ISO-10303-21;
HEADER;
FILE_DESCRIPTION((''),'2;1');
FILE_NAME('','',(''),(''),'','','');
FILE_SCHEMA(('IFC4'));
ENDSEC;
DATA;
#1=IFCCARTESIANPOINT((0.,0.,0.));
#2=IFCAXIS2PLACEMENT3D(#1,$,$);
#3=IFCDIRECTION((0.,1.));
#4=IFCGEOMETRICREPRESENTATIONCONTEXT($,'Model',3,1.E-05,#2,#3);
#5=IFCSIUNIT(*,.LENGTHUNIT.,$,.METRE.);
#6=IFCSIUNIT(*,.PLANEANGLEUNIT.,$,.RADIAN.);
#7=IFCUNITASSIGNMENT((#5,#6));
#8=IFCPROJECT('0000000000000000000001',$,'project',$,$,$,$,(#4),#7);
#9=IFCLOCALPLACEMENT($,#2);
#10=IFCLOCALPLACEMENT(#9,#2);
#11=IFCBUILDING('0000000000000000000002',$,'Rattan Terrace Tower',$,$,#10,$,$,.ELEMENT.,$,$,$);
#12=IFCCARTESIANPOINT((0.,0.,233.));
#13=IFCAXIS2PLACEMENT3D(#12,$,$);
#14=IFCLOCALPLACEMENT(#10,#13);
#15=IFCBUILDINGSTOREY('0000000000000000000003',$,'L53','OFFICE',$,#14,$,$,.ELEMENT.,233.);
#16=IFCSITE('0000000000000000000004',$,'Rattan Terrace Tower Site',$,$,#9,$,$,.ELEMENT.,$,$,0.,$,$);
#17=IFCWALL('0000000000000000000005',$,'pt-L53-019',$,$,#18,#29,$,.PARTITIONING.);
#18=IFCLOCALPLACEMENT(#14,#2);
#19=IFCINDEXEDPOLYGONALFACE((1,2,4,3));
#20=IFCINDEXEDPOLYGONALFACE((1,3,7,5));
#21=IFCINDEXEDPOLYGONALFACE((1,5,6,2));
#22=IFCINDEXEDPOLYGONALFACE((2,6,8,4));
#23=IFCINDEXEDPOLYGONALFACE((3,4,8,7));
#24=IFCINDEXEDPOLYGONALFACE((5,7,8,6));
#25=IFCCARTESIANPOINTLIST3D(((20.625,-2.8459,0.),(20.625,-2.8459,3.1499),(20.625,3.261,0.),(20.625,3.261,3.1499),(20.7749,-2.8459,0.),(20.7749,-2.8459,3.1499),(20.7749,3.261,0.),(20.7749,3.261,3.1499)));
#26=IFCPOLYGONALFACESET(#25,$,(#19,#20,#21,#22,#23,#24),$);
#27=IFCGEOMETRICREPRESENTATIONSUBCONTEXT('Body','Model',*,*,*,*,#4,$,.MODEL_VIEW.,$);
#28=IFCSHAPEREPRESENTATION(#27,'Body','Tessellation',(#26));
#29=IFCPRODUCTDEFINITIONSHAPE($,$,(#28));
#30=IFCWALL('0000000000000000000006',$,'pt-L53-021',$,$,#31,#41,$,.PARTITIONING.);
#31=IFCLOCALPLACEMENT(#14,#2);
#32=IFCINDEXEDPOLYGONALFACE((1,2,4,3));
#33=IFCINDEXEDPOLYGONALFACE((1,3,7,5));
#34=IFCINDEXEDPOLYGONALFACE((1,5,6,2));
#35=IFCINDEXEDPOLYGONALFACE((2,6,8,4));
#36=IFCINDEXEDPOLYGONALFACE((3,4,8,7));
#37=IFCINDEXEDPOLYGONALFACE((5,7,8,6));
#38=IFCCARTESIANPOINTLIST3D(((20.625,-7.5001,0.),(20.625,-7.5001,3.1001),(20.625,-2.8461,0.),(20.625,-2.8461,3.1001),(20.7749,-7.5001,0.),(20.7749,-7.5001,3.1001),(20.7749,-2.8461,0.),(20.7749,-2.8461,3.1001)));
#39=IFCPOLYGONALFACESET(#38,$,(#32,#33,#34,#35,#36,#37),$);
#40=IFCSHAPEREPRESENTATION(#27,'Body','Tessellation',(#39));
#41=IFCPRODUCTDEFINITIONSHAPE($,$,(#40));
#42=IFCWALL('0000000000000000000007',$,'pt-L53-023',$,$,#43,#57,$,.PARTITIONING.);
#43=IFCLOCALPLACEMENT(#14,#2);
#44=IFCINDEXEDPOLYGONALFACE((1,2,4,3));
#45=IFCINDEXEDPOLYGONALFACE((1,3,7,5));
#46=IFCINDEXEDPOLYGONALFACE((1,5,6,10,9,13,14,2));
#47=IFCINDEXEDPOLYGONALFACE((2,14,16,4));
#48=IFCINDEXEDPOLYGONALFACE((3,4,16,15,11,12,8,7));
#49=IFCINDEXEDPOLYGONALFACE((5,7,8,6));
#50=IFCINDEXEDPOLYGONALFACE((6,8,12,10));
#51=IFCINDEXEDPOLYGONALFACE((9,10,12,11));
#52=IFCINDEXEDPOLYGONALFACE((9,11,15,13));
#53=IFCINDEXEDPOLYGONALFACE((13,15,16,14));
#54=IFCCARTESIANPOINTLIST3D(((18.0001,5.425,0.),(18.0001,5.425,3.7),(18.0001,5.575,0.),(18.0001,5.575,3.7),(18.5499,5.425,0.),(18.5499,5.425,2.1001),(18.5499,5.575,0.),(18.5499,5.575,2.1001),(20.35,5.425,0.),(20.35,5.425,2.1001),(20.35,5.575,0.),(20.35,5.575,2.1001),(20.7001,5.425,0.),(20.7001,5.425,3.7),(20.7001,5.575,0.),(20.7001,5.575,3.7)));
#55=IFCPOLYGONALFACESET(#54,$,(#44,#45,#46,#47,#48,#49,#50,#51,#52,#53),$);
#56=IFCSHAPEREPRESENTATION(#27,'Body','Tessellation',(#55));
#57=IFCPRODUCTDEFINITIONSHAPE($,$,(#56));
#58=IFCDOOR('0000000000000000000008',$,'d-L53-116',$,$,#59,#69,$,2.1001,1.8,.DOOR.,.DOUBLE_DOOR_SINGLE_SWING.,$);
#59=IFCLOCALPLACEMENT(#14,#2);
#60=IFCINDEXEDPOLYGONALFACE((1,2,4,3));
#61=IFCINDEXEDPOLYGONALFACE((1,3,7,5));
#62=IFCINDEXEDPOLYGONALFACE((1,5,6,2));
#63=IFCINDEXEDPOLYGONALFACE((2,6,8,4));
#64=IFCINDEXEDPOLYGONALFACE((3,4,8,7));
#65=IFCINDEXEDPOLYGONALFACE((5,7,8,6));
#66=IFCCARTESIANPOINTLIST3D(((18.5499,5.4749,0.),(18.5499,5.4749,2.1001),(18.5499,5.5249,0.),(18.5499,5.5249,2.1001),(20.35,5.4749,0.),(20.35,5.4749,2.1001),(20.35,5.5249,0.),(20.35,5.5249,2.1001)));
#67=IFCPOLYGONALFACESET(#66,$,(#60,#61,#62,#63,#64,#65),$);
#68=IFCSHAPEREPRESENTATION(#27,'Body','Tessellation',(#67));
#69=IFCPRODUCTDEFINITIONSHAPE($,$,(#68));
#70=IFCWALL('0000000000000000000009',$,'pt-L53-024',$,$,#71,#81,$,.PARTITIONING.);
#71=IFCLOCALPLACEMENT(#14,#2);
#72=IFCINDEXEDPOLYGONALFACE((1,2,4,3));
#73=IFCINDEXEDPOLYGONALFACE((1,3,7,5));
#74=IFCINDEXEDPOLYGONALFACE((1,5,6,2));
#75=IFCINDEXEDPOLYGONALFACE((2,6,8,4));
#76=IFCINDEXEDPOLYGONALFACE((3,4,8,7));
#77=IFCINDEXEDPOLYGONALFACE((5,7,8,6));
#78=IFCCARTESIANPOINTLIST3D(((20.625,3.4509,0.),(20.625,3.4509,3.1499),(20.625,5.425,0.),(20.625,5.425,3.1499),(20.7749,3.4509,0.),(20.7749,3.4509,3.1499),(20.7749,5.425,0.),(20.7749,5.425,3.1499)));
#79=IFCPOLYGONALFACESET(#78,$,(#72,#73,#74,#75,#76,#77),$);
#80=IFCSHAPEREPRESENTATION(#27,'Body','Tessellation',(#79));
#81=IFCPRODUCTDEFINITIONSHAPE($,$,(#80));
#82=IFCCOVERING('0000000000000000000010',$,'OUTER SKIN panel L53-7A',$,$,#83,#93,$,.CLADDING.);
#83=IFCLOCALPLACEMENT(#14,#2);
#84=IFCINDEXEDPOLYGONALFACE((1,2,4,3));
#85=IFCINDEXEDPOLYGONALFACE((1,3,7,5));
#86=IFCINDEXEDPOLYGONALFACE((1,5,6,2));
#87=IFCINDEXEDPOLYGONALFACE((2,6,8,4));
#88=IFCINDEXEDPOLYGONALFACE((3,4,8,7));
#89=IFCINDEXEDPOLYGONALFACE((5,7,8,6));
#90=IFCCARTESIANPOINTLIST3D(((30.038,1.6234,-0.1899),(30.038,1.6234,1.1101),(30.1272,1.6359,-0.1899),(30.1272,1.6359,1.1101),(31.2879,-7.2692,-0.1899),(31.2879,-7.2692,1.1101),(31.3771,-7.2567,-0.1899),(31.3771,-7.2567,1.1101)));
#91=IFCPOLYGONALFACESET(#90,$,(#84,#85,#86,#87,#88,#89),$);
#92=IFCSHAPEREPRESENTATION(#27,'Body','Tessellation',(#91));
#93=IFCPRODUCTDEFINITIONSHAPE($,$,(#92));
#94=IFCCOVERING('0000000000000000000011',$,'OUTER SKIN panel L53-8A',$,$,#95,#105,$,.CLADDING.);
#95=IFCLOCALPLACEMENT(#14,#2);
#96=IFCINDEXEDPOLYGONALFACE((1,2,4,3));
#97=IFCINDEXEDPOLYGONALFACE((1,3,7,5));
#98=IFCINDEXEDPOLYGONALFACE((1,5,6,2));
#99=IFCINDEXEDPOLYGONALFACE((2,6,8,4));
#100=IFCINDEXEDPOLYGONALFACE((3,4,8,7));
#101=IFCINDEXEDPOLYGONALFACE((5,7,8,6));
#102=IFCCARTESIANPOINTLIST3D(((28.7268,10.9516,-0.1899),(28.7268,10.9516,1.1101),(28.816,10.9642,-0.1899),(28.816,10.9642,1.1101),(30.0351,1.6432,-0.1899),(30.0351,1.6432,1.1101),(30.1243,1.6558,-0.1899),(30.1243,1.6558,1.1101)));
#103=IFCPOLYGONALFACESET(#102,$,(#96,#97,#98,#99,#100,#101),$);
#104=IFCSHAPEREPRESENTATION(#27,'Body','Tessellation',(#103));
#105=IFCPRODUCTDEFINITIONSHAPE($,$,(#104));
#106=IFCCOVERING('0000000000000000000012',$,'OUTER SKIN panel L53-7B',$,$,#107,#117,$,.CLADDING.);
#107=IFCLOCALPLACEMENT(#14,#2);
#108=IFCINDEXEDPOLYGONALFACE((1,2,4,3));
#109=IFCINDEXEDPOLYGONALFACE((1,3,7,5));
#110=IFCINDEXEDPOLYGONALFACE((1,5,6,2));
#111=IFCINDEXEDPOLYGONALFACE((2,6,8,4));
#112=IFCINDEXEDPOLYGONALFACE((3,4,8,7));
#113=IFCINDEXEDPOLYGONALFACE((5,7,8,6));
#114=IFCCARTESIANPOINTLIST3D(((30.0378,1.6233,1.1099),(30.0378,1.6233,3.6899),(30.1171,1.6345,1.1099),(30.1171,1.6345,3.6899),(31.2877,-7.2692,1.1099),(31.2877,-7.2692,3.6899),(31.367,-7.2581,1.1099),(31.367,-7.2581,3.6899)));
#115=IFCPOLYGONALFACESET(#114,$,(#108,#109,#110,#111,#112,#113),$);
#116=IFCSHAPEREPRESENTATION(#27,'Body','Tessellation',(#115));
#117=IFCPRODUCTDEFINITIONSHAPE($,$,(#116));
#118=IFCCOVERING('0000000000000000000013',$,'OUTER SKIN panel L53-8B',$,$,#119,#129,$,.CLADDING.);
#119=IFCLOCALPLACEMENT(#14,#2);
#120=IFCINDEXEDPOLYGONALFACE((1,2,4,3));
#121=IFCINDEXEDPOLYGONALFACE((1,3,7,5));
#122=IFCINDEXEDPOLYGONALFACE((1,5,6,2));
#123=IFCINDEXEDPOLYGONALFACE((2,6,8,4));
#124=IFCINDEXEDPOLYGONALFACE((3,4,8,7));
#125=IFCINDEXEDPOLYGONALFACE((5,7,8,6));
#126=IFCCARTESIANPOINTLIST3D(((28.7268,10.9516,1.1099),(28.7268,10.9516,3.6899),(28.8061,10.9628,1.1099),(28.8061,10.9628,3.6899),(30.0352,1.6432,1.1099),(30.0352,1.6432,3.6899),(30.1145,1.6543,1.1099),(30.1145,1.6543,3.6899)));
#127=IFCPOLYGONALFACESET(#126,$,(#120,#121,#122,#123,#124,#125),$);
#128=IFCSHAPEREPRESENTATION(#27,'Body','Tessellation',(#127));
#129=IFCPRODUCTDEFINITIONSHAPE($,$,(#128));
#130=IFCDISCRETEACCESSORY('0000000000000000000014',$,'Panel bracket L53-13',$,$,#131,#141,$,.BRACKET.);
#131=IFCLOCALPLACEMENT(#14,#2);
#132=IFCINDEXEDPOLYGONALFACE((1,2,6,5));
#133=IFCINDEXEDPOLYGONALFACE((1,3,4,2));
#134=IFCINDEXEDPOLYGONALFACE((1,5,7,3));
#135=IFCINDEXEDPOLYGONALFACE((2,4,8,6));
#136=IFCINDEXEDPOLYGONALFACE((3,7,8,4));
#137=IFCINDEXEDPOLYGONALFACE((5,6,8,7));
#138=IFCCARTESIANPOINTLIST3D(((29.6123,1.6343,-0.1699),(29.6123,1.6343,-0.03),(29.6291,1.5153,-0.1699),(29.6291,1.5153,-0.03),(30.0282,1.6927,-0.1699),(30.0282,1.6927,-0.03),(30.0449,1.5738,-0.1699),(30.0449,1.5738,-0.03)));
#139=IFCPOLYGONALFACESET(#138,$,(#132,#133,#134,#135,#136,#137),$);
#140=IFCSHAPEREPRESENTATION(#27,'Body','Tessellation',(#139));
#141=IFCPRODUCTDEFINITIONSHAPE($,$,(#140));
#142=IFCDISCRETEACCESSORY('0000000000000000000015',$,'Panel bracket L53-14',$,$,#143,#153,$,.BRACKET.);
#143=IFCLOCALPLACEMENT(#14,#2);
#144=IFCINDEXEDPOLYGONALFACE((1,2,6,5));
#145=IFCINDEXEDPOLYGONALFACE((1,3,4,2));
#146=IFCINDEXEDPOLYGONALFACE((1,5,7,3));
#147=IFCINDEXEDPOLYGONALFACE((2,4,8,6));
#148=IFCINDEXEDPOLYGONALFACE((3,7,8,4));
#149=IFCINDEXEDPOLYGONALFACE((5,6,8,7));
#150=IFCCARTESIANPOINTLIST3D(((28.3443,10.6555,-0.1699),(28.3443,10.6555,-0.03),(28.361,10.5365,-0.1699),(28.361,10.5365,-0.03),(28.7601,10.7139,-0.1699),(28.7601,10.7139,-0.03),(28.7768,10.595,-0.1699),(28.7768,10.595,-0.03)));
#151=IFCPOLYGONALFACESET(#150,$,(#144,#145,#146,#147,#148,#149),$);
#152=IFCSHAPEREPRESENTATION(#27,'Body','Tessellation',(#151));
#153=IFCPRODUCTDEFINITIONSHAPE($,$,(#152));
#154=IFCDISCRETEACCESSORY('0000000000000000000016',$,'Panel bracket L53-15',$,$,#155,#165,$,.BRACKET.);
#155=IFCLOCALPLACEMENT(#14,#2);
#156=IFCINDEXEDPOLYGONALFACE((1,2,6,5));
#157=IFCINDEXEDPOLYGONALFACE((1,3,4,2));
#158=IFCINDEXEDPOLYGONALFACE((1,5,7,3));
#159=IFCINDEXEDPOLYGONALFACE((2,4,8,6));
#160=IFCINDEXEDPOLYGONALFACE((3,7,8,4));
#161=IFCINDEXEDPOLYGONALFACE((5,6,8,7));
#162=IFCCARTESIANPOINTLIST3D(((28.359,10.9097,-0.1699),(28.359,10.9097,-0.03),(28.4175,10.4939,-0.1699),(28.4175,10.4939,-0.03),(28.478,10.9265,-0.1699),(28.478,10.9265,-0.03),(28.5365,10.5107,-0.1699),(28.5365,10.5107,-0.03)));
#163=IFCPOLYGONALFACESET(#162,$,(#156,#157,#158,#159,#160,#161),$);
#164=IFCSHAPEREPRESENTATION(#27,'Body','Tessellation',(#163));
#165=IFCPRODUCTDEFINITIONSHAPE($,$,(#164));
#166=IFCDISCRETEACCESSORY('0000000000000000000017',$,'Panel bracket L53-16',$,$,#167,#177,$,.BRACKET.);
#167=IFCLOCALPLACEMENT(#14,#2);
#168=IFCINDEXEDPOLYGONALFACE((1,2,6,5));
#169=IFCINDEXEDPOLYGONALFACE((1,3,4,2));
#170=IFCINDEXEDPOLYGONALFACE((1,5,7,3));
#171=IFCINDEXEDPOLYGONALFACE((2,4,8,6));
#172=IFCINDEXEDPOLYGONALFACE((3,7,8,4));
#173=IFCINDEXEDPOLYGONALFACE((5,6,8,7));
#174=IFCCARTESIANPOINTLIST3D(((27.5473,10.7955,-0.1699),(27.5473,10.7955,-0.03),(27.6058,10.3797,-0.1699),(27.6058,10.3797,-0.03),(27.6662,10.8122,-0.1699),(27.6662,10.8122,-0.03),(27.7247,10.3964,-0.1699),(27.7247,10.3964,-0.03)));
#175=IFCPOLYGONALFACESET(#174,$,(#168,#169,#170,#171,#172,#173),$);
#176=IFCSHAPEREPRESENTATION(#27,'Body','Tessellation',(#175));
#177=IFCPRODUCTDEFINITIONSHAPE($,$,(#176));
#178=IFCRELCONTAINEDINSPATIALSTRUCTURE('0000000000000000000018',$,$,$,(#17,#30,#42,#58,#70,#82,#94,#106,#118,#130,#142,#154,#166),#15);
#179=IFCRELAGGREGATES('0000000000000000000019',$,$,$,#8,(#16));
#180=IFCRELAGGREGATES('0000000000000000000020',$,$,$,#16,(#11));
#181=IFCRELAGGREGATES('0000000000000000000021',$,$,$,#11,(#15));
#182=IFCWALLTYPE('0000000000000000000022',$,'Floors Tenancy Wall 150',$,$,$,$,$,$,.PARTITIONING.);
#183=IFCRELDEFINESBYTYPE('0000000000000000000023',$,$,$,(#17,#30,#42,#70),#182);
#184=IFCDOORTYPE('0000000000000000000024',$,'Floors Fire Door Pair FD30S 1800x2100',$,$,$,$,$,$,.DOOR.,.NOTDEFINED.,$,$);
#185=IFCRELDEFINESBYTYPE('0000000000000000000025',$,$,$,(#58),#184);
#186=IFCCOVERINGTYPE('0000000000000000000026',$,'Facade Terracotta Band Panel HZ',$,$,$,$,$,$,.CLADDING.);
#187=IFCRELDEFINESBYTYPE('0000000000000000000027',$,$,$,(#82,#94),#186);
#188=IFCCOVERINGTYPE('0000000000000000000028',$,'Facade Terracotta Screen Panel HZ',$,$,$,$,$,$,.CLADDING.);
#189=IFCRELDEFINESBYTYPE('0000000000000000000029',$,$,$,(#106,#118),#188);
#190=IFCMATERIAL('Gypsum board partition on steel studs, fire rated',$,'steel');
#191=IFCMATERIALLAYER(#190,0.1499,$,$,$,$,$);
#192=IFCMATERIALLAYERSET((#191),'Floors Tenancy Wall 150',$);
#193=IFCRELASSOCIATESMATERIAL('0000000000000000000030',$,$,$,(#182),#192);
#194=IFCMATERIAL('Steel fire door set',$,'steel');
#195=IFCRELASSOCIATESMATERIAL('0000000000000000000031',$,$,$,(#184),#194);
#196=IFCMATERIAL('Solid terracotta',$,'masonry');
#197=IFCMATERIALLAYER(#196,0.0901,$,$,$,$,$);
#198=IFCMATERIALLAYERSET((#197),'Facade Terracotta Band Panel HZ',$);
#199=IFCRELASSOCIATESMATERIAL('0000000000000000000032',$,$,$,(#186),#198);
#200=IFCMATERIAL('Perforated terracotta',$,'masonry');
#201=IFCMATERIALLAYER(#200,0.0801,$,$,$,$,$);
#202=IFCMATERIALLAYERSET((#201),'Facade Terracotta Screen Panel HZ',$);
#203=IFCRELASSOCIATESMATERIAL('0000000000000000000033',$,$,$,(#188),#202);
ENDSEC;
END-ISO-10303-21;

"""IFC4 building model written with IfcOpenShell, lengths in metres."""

from ifc_helpers import new_model, si_unit, direction, frame, frame_2d, origin, origin_2d, place, context, subcontext, project, spatial, rectangle, extrude, material, layer, layer_set, type_object, element, fill, save


model = new_model("IFC4")

# Units and contexts
model_context = context("Model", 3, precision=1e-05, world=origin(), true_north=direction((0.0, 1.0)))
body_context = subcontext(model_context, "Body", "Model", "MODEL_VIEW")
ifc_project = project(units=[si_unit("LENGTHUNIT", "METRE"), si_unit("PLANEANGLEUNIT", "RADIAN")], contexts=[model_context])

# Site, building, storey
site_placement = place(None, origin())
site = spatial("IfcSite", under=ifc_project, at=site_placement, Name="Rattan Terrace Tower Site", CompositionType="ELEMENT", RefElevation=0.0)
building_placement = place(site_placement, origin())
building = spatial("IfcBuilding", under=site, at=building_placement, Name="Rattan Terrace Tower", CompositionType="ELEMENT")
storey_placement = place(building_placement, frame((0.0, 0.0, 233.0)))
storey = spatial("IfcBuildingStorey", under=building, at=storey_placement, Name="L53", Description="OFFICE", CompositionType="ELEMENT", Elevation=233.0)

# Walls
ifc_material_1 = material(Name="Gypsum board partition on steel studs, fire rated", Category="steel")
ifc_layer_1 = layer(ifc_material_1, 0.1499)
ifc_layer_set_1 = layer_set([ifc_layer_1], Name="Floors Tenancy Wall 150")
wall_type_1 = type_object("IfcWallType", Name="Floors Tenancy Wall 150", PredefinedType="PARTITIONING", material=ifc_layer_set_1)
wall_1_placement = place(storey_placement, frame((20.7, 3.261, 0.0), z_axis=(0.0, 0.0, 1.0), x_axis=(0.0, -1.0, 0.0)))
element("IfcWall", 1, at=wall_1_placement, inside=storey, type_object=wall_type_1, Name="pt-L53-019", PredefinedType="PARTITIONING", context=body_context, shape_type="SweptSolid", body=[
    extrude(rectangle(XDim=6.1069, YDim=0.1499, at=frame_2d((3.0535, 0.0))), origin(), (0.0, 0.0, 1.0), 3.1499),
])
wall_2_placement = place(storey_placement, frame((20.7, -2.8459, 0.0), z_axis=(0.0, 0.0, 1.0), x_axis=(0.0, -1.0, 0.0)))
element("IfcWall", 2, at=wall_2_placement, inside=storey, type_object=wall_type_1, Name="pt-L53-021", PredefinedType="PARTITIONING", context=body_context, shape_type="SweptSolid", body=[
    extrude(rectangle(XDim=4.6541, YDim=0.1499, at=frame_2d((2.3271, 0.0))), origin(), (0.0, 0.0, 1.0), 3.1001),
])

# Wall, opening, door
wall_3_placement = place(storey_placement, frame((18.0, 5.5, 0.0), z_axis=(0.0, 0.0, 1.0), x_axis=(1.0, 0.0, 0.0)))
wall_3 = element("IfcWall", 3, at=wall_3_placement, inside=storey, type_object=wall_type_1, Name="pt-L53-023", PredefinedType="PARTITIONING", context=body_context, shape_type="SweptSolid", body=[
    extrude(rectangle(XDim=2.7, YDim=0.1499, at=frame_2d((1.3501, 0.0))), origin(), (0.0, 0.0, 1.0), 3.7),
])
opening_placement = place(wall_3_placement, frame((0.55, 0.0, 0.0)))
opening = element("IfcOpeningElement", 4, at=opening_placement, cuts=wall_3, PredefinedType="OPENING", context=body_context, shape_type="SweptSolid", body=[
    extrude(rectangle(XDim=1.8, YDim=2.1001, at=frame_2d((0.8999, 1.05))), frame((0.0, 0.0854, 0.0), z_axis=(0.0, -1.0, 0.0), x_axis=(1.0, 0.0, 0.0)), (0.0, 0.0, 1.0), 0.1709),
])
ifc_material_2 = material(Name="Steel fire door set", Category="steel")
door_type = type_object("IfcDoorType", Name="Floors Fire Door Pair FD30S 1800x2100", OperationType="NOTDEFINED", PredefinedType="DOOR", material=ifc_material_2)
door_placement = place(opening_placement, origin())
door = element("IfcDoor", 5, at=door_placement, inside=storey, type_object=door_type, Name="d-L53-116", OperationType="DOUBLE_DOOR_SINGLE_SWING", OverallHeight=2.1001, OverallWidth=1.8, PredefinedType="DOOR", context=body_context, shape_type="SweptSolid", body=[
    extrude(rectangle(XDim=1.8, YDim=2.1001, at=frame_2d((0.8999, 1.05))), frame((0.0, 0.0249, 0.0), z_axis=(0.0, -1.0, 0.0), x_axis=(1.0, 0.0, 0.0)), (0.0, 0.0, 1.0), 0.05),
])
fill(opening, door)

# Wall
wall_4_placement = place(storey_placement, frame((20.7, 5.425, 0.0), z_axis=(0.0, 0.0, 1.0), x_axis=(0.0, -1.0, 0.0)))
element("IfcWall", 6, at=wall_4_placement, inside=storey, type_object=wall_type_1, Name="pt-L53-024", PredefinedType="PARTITIONING", context=body_context, shape_type="SweptSolid", body=[
    extrude(rectangle(XDim=1.9741, YDim=0.1499, at=frame_2d((0.9871, 0.0))), origin(), (0.0, 0.0, 1.0), 3.1499),
])

# Coverings
ifc_material_3 = material(Name="Solid terracotta", Category="masonry")
ifc_layer_2 = layer(ifc_material_3, 0.0901)
ifc_layer_set_2 = layer_set([ifc_layer_2], Name="Facade Terracotta Band Panel HZ")
covering_type_1 = type_object("IfcCoveringType", Name="Facade Terracotta Band Panel HZ", PredefinedType="CLADDING", material=ifc_layer_set_2)
covering_1_placement = place(storey_placement, frame((30.7075, -2.8167, -0.1899), z_axis=(0.0, 0.0, 1.0), x_axis=(-0.139186, 0.990266, 0.0)))
element("IfcCovering", 7, at=covering_1_placement, inside=storey, type_object=covering_type_1, Name="OUTER SKIN panel L53-7A", PredefinedType="CLADDING", context=body_context, shape_type="SweptSolid", body=[
    extrude(rectangle(XDim=8.98, YDim=0.0901, at=origin_2d()), origin(), (0.0, 0.0, 1.0), 1.3),
])
covering_2_placement = place(storey_placement, frame((29.4255, 6.3037, -0.1899), z_axis=(0.0, 0.0, 1.0), x_axis=(-0.139186, 0.990266, 0.0)))
element("IfcCovering", 8, at=covering_2_placement, inside=storey, type_object=covering_type_1, Name="OUTER SKIN panel L53-8A", PredefinedType="CLADDING", context=body_context, shape_type="SweptSolid", body=[
    extrude(rectangle(XDim=9.3999, YDim=0.0901, at=origin_2d()), origin(), (0.0, 0.0, 1.0), 1.3),
])
ifc_material_4 = material(Name="Perforated terracotta", Category="masonry")
ifc_layer_3 = layer(ifc_material_4, 0.0801)
ifc_layer_set_3 = layer_set([ifc_layer_3], Name="Facade Terracotta Screen Panel HZ")
covering_type_2 = type_object("IfcCoveringType", Name="Facade Terracotta Screen Panel HZ", PredefinedType="CLADDING", material=ifc_layer_set_3)
covering_3_placement = place(storey_placement, frame((30.7024, -2.8174, 1.1099), z_axis=(0.0, 0.0, 1.0), x_axis=(-0.139186, 0.990266, 0.0)))
element("IfcCovering", 9, at=covering_3_placement, inside=storey, type_object=covering_type_2, Name="OUTER SKIN panel L53-7B", PredefinedType="CLADDING", context=body_context, shape_type="SweptSolid", body=[
    extrude(rectangle(XDim=8.98, YDim=0.0801, at=origin_2d()), origin(), (0.0, 0.0, 1.0), 2.5801),
])
covering_4_placement = place(storey_placement, frame((29.4207, 6.303, 1.1099), z_axis=(0.0, 0.0, 1.0), x_axis=(-0.139186, 0.990266, 0.0)))
element("IfcCovering", 10, at=covering_4_placement, inside=storey, type_object=covering_type_2, Name="OUTER SKIN panel L53-8B", PredefinedType="CLADDING", context=body_context, shape_type="SweptSolid", body=[
    extrude(rectangle(XDim=9.3999, YDim=0.0801, at=origin_2d()), origin(), (0.0, 0.0, 1.0), 2.5801),
])

# Discrete accessories
for number, where, z_axis, x_axis, name in (
    (11, (29.8286, 1.604, -0.1699), (0.0, 0.0, 1.0), (-0.139186, 0.990266, 0.0), "Panel bracket L53-13"),
    (12, (28.5605, 10.6252, -0.1699), (0.0, 0.0, 1.0), (-0.139186, 0.990266, 0.0), "Panel bracket L53-14"),
    (13, (28.4478, 10.7102, -0.1699), (0.0, 0.0, 1.0), (-0.990241, -0.139367, 0.0), "Panel bracket L53-15"),
    (14, (27.636, 10.5959, -0.1699), (0.0, 0.0, 1.0), (-0.990241, -0.139367, 0.0), "Panel bracket L53-16"),
):
    element("IfcDiscreteAccessory", number, at=place(storey_placement, frame(where, z_axis=z_axis, x_axis=x_axis)), inside=storey, Name=name, PredefinedType="BRACKET", context=body_context, shape_type="SweptSolid", body=[
        extrude(rectangle(XDim=0.1201, YDim=0.4199, at=origin_2d()), origin(), (0.0, 0.0, 1.0), 0.1399),
    ])

save(model, "model.ifc")
